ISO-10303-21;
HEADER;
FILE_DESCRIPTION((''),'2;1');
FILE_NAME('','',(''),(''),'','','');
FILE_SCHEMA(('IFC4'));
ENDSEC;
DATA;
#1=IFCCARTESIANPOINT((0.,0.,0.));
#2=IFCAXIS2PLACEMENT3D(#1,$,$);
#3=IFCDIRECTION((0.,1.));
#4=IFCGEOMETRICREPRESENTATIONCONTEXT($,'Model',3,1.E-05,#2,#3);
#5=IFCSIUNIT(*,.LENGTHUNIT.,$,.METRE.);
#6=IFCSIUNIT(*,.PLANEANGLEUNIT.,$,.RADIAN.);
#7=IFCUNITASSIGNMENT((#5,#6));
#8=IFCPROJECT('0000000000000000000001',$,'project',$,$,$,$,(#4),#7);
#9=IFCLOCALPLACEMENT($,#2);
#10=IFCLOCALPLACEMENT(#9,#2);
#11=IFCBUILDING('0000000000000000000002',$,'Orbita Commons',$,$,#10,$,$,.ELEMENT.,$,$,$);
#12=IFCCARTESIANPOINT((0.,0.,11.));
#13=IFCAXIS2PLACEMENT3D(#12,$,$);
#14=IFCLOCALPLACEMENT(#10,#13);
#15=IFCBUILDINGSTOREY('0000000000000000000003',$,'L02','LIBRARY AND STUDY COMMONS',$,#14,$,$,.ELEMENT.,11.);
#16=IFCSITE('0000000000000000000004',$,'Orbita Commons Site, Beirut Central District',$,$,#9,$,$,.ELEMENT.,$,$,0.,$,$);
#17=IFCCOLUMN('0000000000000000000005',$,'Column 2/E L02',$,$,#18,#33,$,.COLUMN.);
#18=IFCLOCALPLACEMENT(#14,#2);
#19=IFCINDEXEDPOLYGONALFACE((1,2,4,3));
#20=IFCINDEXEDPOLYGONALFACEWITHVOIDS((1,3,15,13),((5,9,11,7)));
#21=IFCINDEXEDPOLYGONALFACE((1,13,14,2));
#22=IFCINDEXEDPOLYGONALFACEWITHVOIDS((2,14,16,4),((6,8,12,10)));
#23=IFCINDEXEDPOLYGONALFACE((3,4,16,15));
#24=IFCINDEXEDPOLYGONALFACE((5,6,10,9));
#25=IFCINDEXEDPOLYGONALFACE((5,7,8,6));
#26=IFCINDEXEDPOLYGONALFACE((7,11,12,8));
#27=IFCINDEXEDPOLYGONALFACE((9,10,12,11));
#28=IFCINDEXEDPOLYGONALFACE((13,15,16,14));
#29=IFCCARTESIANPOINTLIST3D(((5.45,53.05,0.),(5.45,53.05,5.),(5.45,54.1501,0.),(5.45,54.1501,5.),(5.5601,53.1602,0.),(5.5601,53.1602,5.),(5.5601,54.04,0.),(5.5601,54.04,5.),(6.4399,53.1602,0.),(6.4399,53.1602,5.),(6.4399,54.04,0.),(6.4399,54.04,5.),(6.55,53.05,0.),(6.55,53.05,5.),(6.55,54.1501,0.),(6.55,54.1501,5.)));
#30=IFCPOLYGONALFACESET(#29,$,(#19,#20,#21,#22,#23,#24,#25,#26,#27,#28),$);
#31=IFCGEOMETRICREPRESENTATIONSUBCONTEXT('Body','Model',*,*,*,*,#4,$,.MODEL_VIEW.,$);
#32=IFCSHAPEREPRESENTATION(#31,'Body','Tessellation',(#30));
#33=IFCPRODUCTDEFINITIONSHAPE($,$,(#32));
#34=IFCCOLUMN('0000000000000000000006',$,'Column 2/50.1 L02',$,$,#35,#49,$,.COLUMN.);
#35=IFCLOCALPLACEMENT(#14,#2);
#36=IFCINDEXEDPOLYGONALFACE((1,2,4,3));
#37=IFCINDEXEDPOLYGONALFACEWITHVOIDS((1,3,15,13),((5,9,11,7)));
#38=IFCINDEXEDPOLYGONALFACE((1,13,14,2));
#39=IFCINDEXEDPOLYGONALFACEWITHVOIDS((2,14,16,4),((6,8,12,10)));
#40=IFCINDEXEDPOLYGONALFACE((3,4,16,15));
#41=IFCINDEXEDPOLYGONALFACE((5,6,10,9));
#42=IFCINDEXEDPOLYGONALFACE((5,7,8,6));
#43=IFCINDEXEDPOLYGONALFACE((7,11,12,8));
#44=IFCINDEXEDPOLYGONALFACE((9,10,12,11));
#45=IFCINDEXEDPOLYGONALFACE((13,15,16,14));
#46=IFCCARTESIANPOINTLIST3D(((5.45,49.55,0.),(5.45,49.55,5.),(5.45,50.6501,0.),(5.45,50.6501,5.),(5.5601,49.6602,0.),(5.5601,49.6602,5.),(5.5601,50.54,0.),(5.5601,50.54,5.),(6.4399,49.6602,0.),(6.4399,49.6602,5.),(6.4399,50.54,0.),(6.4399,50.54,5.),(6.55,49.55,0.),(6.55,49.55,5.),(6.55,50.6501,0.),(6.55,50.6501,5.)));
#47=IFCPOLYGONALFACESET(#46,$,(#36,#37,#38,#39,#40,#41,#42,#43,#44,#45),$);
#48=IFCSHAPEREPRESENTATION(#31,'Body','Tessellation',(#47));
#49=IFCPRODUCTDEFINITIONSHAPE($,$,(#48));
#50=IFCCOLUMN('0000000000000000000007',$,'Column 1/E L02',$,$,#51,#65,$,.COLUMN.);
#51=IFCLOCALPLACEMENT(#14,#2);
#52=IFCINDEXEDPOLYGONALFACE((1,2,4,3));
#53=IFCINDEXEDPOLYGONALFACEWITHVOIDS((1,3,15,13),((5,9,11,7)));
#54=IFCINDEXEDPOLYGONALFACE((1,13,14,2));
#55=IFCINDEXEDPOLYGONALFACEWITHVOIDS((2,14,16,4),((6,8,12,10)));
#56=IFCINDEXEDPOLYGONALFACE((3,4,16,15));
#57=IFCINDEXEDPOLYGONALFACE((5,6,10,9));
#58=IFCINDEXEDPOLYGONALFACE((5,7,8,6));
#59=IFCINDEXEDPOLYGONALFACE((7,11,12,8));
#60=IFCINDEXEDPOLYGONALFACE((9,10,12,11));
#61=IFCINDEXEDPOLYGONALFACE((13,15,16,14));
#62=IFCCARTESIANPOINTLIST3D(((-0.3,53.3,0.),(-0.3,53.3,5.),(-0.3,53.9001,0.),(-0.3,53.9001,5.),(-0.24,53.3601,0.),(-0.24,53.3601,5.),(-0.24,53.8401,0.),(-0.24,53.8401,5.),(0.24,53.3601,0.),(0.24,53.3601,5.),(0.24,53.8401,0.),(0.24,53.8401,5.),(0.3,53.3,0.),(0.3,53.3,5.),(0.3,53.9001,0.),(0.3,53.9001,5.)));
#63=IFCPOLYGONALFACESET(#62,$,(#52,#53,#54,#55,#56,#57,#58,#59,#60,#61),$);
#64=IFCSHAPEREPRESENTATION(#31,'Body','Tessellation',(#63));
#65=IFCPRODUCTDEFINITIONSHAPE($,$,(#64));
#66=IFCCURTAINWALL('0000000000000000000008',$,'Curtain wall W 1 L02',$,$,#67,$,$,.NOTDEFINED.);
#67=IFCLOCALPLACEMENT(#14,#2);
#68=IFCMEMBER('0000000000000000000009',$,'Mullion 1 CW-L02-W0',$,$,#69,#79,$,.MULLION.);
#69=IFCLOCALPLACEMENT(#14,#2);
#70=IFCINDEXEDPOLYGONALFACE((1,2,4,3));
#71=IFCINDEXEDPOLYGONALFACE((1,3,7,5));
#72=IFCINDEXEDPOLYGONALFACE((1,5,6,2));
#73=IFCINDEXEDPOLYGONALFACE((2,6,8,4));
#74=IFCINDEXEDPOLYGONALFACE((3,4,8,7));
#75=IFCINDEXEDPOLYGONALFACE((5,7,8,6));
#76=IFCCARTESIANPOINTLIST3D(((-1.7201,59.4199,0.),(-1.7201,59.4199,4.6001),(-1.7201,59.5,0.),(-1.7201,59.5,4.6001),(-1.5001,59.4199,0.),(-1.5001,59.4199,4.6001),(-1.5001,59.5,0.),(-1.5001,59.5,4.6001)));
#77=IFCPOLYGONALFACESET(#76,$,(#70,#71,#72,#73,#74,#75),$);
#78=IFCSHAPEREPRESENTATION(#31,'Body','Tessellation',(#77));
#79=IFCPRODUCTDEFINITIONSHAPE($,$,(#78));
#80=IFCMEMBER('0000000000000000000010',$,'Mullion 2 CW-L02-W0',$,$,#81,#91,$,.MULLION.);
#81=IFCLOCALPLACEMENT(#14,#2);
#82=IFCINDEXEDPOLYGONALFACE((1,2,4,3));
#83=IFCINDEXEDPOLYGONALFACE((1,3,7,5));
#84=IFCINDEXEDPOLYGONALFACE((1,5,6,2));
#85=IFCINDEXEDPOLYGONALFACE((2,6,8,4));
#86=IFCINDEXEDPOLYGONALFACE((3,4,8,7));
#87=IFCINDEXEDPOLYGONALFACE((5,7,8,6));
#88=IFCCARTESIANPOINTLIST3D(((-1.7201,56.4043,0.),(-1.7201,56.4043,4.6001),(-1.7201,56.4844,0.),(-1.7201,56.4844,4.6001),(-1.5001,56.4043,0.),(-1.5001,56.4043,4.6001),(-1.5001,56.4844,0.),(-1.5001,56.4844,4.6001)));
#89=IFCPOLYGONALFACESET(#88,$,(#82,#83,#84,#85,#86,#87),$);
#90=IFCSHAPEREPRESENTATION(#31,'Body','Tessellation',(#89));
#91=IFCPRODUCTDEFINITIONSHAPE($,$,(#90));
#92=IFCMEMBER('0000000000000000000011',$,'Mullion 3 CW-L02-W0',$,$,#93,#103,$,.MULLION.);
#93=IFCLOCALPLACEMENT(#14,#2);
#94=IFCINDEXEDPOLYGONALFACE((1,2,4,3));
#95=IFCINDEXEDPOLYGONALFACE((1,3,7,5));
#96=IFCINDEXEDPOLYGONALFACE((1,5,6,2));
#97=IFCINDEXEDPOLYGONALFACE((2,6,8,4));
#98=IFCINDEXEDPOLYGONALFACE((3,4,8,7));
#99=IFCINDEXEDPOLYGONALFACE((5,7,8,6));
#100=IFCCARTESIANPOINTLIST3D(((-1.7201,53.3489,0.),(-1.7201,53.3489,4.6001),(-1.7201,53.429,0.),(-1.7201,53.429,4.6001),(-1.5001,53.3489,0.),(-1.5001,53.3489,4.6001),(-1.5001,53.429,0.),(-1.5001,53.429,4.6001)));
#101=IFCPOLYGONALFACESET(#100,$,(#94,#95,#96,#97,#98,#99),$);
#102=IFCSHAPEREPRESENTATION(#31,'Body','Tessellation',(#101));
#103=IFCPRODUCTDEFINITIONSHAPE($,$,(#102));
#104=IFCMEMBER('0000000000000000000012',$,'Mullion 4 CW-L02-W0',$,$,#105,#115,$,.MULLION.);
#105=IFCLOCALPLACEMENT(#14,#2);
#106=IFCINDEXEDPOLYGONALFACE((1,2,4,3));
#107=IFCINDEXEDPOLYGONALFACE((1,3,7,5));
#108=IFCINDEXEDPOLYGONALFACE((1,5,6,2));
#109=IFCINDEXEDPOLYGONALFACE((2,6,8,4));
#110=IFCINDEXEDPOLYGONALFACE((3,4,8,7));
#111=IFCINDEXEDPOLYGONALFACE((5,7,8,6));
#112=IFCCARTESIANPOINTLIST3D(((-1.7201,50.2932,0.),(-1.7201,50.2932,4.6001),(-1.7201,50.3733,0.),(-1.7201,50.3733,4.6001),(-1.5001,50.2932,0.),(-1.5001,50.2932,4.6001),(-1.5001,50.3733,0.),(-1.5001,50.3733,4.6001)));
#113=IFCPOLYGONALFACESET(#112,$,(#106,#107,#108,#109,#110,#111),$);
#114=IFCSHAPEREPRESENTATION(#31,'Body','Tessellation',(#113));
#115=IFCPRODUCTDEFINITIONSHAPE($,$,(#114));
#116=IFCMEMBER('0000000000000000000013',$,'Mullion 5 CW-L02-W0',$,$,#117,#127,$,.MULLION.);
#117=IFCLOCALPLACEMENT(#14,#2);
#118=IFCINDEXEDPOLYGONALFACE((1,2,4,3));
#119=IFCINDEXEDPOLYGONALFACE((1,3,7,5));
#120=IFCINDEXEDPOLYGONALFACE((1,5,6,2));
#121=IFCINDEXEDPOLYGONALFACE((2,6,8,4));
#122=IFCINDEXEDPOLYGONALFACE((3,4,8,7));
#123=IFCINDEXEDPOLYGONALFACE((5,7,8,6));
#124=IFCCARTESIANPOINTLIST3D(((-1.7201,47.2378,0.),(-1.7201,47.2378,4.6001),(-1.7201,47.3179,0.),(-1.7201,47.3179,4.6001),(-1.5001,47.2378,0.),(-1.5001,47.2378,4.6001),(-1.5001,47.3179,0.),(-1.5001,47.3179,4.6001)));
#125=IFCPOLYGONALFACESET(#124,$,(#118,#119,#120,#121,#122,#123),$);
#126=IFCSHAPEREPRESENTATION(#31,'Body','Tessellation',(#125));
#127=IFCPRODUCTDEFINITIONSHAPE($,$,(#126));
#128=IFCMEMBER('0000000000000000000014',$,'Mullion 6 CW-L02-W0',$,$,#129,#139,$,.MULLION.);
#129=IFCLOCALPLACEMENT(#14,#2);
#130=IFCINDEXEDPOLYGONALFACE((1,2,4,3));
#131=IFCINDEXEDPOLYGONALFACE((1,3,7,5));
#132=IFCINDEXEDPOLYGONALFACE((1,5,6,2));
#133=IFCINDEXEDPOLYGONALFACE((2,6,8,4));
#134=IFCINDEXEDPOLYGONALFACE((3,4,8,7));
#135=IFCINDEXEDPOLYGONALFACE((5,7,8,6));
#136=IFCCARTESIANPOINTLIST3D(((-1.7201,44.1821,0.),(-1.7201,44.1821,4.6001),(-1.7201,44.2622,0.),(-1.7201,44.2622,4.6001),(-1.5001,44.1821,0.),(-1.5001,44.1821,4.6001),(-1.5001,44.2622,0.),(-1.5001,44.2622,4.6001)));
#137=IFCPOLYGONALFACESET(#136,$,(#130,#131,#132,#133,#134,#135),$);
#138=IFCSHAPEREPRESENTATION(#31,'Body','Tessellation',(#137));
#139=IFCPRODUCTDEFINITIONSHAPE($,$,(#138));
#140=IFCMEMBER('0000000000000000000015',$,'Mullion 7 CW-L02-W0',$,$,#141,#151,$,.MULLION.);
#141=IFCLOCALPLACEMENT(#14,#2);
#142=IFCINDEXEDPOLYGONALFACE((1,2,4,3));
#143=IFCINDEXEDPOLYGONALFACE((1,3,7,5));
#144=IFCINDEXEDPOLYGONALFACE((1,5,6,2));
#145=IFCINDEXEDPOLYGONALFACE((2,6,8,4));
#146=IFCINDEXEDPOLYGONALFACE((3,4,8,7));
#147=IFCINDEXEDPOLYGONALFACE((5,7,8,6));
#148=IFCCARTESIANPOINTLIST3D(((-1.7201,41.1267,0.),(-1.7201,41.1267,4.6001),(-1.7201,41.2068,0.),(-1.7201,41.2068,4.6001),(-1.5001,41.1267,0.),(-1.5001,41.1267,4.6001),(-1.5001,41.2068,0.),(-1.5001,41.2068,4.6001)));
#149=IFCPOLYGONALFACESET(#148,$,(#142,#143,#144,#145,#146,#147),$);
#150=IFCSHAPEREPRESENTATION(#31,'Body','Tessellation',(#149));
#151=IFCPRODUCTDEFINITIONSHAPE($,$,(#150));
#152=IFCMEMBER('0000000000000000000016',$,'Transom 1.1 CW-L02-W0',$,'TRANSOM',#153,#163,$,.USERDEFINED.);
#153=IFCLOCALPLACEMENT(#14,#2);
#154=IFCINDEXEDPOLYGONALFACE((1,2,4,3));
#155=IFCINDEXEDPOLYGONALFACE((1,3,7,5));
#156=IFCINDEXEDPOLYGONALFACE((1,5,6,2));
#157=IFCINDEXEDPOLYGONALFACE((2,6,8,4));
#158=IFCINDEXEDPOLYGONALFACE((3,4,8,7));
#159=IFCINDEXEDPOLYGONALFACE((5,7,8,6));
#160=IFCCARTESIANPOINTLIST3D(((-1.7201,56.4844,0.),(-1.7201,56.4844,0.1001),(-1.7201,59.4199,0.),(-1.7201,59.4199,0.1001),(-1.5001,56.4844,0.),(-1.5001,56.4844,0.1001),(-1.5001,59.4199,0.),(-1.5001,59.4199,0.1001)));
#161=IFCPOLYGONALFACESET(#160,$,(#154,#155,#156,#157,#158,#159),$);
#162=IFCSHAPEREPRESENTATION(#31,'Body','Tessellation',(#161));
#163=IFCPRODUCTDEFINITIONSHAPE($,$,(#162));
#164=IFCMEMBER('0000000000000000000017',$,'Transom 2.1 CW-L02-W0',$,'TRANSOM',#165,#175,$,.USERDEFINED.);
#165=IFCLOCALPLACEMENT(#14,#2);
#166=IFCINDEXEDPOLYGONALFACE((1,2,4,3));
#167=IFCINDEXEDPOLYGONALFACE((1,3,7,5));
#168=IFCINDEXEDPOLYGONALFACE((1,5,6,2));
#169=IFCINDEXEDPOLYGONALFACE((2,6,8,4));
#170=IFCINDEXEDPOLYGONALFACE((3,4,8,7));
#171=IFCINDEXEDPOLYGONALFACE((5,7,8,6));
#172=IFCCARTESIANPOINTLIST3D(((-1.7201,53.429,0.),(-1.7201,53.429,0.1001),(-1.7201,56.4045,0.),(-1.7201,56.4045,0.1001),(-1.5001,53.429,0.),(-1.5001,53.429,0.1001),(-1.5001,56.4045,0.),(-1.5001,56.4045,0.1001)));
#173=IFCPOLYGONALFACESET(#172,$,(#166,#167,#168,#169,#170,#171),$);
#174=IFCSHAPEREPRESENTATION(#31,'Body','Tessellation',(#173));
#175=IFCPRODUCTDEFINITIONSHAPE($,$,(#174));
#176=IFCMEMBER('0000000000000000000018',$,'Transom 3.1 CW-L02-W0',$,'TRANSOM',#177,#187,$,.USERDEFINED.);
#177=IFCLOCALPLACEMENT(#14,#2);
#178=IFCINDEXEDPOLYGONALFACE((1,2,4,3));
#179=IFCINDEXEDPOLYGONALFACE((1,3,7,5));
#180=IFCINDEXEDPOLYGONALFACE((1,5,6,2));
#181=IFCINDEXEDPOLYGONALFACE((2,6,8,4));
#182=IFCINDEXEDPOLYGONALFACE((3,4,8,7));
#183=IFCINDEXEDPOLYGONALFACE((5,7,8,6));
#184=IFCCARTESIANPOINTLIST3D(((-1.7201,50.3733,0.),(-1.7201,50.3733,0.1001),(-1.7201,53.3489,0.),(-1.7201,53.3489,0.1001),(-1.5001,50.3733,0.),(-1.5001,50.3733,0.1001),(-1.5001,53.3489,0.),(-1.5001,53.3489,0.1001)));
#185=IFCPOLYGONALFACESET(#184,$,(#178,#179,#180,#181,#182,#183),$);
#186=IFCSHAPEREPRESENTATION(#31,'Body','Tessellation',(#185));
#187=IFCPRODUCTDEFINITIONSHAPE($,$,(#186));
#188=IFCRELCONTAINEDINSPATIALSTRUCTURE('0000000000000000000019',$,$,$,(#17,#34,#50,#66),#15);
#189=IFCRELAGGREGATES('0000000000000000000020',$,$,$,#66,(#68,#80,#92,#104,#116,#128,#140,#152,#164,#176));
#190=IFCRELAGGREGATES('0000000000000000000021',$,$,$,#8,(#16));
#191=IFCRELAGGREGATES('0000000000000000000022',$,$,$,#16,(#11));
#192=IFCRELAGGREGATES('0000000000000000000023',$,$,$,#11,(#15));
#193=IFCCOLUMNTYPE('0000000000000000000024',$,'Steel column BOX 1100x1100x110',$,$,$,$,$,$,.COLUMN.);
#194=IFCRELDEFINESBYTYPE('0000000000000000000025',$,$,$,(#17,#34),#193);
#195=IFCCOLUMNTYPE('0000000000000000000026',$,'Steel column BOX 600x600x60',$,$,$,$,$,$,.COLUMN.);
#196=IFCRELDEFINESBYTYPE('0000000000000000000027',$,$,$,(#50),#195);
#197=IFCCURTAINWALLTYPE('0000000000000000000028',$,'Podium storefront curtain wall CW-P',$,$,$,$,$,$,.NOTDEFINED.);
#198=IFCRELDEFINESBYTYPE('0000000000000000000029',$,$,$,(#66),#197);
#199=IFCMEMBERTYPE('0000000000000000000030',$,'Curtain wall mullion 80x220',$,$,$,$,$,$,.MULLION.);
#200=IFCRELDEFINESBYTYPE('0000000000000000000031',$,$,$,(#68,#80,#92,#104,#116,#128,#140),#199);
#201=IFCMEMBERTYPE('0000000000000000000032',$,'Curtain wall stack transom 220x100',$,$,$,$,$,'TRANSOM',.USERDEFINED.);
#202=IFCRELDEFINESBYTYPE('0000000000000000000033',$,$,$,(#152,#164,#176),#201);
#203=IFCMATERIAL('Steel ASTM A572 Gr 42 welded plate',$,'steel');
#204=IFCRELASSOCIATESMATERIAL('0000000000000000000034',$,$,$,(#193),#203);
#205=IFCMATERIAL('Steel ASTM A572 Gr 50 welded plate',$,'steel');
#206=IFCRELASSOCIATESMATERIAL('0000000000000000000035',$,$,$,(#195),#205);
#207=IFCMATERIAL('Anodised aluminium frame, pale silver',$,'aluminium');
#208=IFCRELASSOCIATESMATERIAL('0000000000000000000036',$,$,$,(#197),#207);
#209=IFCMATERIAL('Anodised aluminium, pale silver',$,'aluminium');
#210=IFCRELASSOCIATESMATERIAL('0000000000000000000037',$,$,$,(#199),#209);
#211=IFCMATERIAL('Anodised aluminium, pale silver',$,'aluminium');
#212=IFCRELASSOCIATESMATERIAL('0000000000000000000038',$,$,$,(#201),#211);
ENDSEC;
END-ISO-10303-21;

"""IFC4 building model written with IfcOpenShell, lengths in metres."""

from ifc_helpers import new_model, si_unit, direction, frame, origin, origin_2d, place, context, subcontext, project, spatial, rectangle, hollow_rectangle, extrude, material, material_profile, profile_set, type_object, element, aggregate, save


model = new_model("IFC4")

# Units and contexts
model_context = context("Model", 3, precision=1e-05, world=origin(), true_north=direction((0.0, 1.0)))
body_context = subcontext(model_context, "Body", "Model", "MODEL_VIEW")
ifc_project = project(units=[si_unit("LENGTHUNIT", "METRE"), si_unit("PLANEANGLEUNIT", "RADIAN")], contexts=[model_context])

# Site, building, storey
site_placement = place(None, origin())
site = spatial("IfcSite", under=ifc_project, at=site_placement, Name="Orbita Commons Site, Beirut Central District", CompositionType="ELEMENT", RefElevation=0.0)
building_placement = place(site_placement, origin())
building = spatial("IfcBuilding", under=site, at=building_placement, Name="Orbita Commons", CompositionType="ELEMENT")
storey_placement = place(building_placement, frame((0.0, 0.0, 11.0)))
storey = spatial("IfcBuildingStorey", under=building, at=storey_placement, Name="L02", Description="LIBRARY AND STUDY COMMONS", CompositionType="ELEMENT", Elevation=11.0)

# Columns
ifc_material_1 = material(Name="Steel ASTM A572 Gr 42 welded plate", Category="steel")
ifc_material_profile_1 = material_profile(ifc_material_1, hollow_rectangle(XDim=1.1001, YDim=1.1001, WallThickness=0.1101, at=origin_2d()), Name="BOX 1100x1100x110")
ifc_profile_set_1 = profile_set([ifc_material_profile_1], Name="Steel ASTM A572 Gr 42 welded plate")
column_type_1 = type_object("IfcColumnType", Name="Steel column BOX 1100x1100x110", PredefinedType="COLUMN", material=ifc_profile_set_1)
for number, where, z_axis, x_axis, name in (
    (1, (6.0, 53.6001, 0.0), (0.0, 0.0, 1.0), (1.0, 0.0, 0.0), "Column 2/E L02"),
    (2, (6.0, 50.1001, 0.0), (0.0, 0.0, 1.0), (1.0, 0.0, 0.0), "Column 2/50.1 L02"),
):
    element("IfcColumn", number, at=place(storey_placement, frame(where, z_axis=z_axis, x_axis=x_axis)), inside=storey, type_object=column_type_1, Name=name, PredefinedType="COLUMN", context=body_context, shape_type="SweptSolid", body=[
        extrude(hollow_rectangle(XDim=1.1001, YDim=1.1001, WallThickness=0.1101, at=origin_2d()), origin(), (0.0, 0.0, 1.0), 5.0),
    ])
ifc_material_2 = material(Name="Steel ASTM A572 Gr 50 welded plate", Category="steel")
ifc_material_profile_2 = material_profile(ifc_material_2, hollow_rectangle(XDim=0.6001, YDim=0.6001, WallThickness=0.0601, at=origin_2d()), Name="BOX 600x600x60")
ifc_profile_set_2 = profile_set([ifc_material_profile_2], Name="Steel ASTM A572 Gr 50 welded plate")
column_type_2 = type_object("IfcColumnType", Name="Steel column BOX 600x600x60", PredefinedType="COLUMN", material=ifc_profile_set_2)
column_placement = place(storey_placement, frame((0.0, 53.6001, 0.0), z_axis=(0.0, 0.0, 1.0), x_axis=(1.0, 0.0, 0.0)))
element("IfcColumn", 3, at=column_placement, inside=storey, type_object=column_type_2, Name="Column 1/E L02", PredefinedType="COLUMN", context=body_context, shape_type="SweptSolid", body=[
    extrude(hollow_rectangle(XDim=0.6001, YDim=0.6001, WallThickness=0.0601, at=origin_2d()), origin(), (0.0, 0.0, 1.0), 5.0),
])

# Curtain wall, members
ifc_material_3 = material(Name="Anodised aluminium frame, pale silver", Category="aluminium")
curtain_wall_type = type_object("IfcCurtainWallType", Name="Podium storefront curtain wall CW-P", PredefinedType="NOTDEFINED", material=ifc_material_3)
curtain_wall_placement = place(storey_placement, origin())
curtain_wall = element("IfcCurtainWall", 4, at=curtain_wall_placement, inside=storey, type_object=curtain_wall_type, Name="Curtain wall W 1 L02", PredefinedType="NOTDEFINED")
ifc_material_4 = material(Name="Anodised aluminium, pale silver", Category="aluminium")
ifc_material_profile_3 = material_profile(ifc_material_4, rectangle(XDim=0.0801, YDim=0.22, at=origin_2d()), Name="AL 80x220")
ifc_profile_set_3 = profile_set([ifc_material_profile_3], Name="Anodised aluminium, pale silver")
member_type_1 = type_object("IfcMemberType", Name="Curtain wall mullion 80x220", PredefinedType="MULLION", material=ifc_profile_set_3)
member_1_placement = place(storey_placement, frame((-1.6101, 59.46, 0.0), z_axis=(0.0, 0.0, 1.0), x_axis=(0.0, -1.0, 0.0)))
member_1 = element("IfcMember", 5, at=member_1_placement, type_object=member_type_1, Name="Mullion 1 CW-L02-W0", PredefinedType="MULLION", context=body_context, shape_type="SweptSolid", body=[
    extrude(rectangle(XDim=0.0801, YDim=0.22, at=origin_2d()), origin(), (0.0, 0.0, 1.0), 4.6001),
])
member_2_placement = place(storey_placement, frame((-1.6101, 56.4443, 0.0), z_axis=(0.0, 0.0, 1.0), x_axis=(0.0, -1.0, 0.0)))
member_2 = element("IfcMember", 6, at=member_2_placement, type_object=member_type_1, Name="Mullion 2 CW-L02-W0", PredefinedType="MULLION", context=body_context, shape_type="SweptSolid", body=[
    extrude(rectangle(XDim=0.0801, YDim=0.22, at=origin_2d()), origin(), (0.0, 0.0, 1.0), 4.6001),
])
member_3_placement = place(storey_placement, frame((-1.6101, 53.3889, 0.0), z_axis=(0.0, 0.0, 1.0), x_axis=(0.0, -1.0, 0.0)))
member_3 = element("IfcMember", 7, at=member_3_placement, type_object=member_type_1, Name="Mullion 3 CW-L02-W0", PredefinedType="MULLION", context=body_context, shape_type="SweptSolid", body=[
    extrude(rectangle(XDim=0.0801, YDim=0.22, at=origin_2d()), origin(), (0.0, 0.0, 1.0), 4.6001),
])
member_4_placement = place(storey_placement, frame((-1.6101, 50.3333, 0.0), z_axis=(0.0, 0.0, 1.0), x_axis=(0.0, -1.0, 0.0)))
member_4 = element("IfcMember", 8, at=member_4_placement, type_object=member_type_1, Name="Mullion 4 CW-L02-W0", PredefinedType="MULLION", context=body_context, shape_type="SweptSolid", body=[
    extrude(rectangle(XDim=0.0801, YDim=0.22, at=origin_2d()), origin(), (0.0, 0.0, 1.0), 4.6001),
])
member_5_placement = place(storey_placement, frame((-1.6101, 47.2778, 0.0), z_axis=(0.0, 0.0, 1.0), x_axis=(0.0, -1.0, 0.0)))
member_5 = element("IfcMember", 9, at=member_5_placement, type_object=member_type_1, Name="Mullion 5 CW-L02-W0", PredefinedType="MULLION", context=body_context, shape_type="SweptSolid", body=[
    extrude(rectangle(XDim=0.0801, YDim=0.22, at=origin_2d()), origin(), (0.0, 0.0, 1.0), 4.6001),
])
member_6_placement = place(storey_placement, frame((-1.6101, 44.2222, 0.0), z_axis=(0.0, 0.0, 1.0), x_axis=(0.0, -1.0, 0.0)))
member_6 = element("IfcMember", 10, at=member_6_placement, type_object=member_type_1, Name="Mullion 6 CW-L02-W0", PredefinedType="MULLION", context=body_context, shape_type="SweptSolid", body=[
    extrude(rectangle(XDim=0.0801, YDim=0.22, at=origin_2d()), origin(), (0.0, 0.0, 1.0), 4.6001),
])
member_7_placement = place(storey_placement, frame((-1.6101, 41.1667, 0.0), z_axis=(0.0, 0.0, 1.0), x_axis=(0.0, -1.0, 0.0)))
member_7 = element("IfcMember", 11, at=member_7_placement, type_object=member_type_1, Name="Mullion 7 CW-L02-W0", PredefinedType="MULLION", context=body_context, shape_type="SweptSolid", body=[
    extrude(rectangle(XDim=0.0801, YDim=0.22, at=origin_2d()), origin(), (0.0, 0.0, 1.0), 4.6001),
])
ifc_material_5 = material(Name="Anodised aluminium, pale silver", Category="aluminium")
ifc_material_profile_4 = material_profile(ifc_material_5, rectangle(XDim=0.22, YDim=0.1001, at=origin_2d()), Name="AL 220x100")
ifc_profile_set_4 = profile_set([ifc_material_profile_4], Name="Anodised aluminium, pale silver")
member_type_2 = type_object("IfcMemberType", Name="Curtain wall stack transom 220x100", ElementType="TRANSOM", PredefinedType="USERDEFINED", material=ifc_profile_set_4)
member_8_placement = place(storey_placement, frame((-1.6101, 59.4199, 0.05), z_axis=(0.0, -1.0, 0.0), x_axis=(1.0, 0.0, 0.0)))
member_8 = element("IfcMember", 12, at=member_8_placement, type_object=member_type_2, Name="Transom 1.1 CW-L02-W0", ObjectType="TRANSOM", PredefinedType="USERDEFINED", context=body_context, shape_type="SweptSolid", body=[
    extrude(rectangle(XDim=0.22, YDim=0.1001, at=origin_2d()), origin(), (0.0, 0.0, 1.0), 2.9355),
])
member_9_placement = place(storey_placement, frame((-1.6101, 56.4045, 0.05), z_axis=(0.0, -1.0, 0.0), x_axis=(1.0, 0.0, 0.0)))
member_9 = element("IfcMember", 13, at=member_9_placement, type_object=member_type_2, Name="Transom 2.1 CW-L02-W0", ObjectType="TRANSOM", PredefinedType="USERDEFINED", context=body_context, shape_type="SweptSolid", body=[
    extrude(rectangle(XDim=0.22, YDim=0.1001, at=origin_2d()), origin(), (0.0, 0.0, 1.0), 2.9756),
])
member_10_placement = place(storey_placement, frame((-1.6101, 53.3489, 0.05), z_axis=(0.0, -1.0, 0.0), x_axis=(1.0, 0.0, 0.0)))
member_10 = element("IfcMember", 14, at=member_10_placement, type_object=member_type_2, Name="Transom 3.1 CW-L02-W0", ObjectType="TRANSOM", PredefinedType="USERDEFINED", context=body_context, shape_type="SweptSolid", body=[
    extrude(rectangle(XDim=0.22, YDim=0.1001, at=origin_2d()), origin(), (0.0, 0.0, 1.0), 2.9756),
])

aggregate(curtain_wall, [member_1, member_2, member_3, member_4, member_5, member_6, member_7, member_8, member_9, member_10])

save(model, "model.ifc")
